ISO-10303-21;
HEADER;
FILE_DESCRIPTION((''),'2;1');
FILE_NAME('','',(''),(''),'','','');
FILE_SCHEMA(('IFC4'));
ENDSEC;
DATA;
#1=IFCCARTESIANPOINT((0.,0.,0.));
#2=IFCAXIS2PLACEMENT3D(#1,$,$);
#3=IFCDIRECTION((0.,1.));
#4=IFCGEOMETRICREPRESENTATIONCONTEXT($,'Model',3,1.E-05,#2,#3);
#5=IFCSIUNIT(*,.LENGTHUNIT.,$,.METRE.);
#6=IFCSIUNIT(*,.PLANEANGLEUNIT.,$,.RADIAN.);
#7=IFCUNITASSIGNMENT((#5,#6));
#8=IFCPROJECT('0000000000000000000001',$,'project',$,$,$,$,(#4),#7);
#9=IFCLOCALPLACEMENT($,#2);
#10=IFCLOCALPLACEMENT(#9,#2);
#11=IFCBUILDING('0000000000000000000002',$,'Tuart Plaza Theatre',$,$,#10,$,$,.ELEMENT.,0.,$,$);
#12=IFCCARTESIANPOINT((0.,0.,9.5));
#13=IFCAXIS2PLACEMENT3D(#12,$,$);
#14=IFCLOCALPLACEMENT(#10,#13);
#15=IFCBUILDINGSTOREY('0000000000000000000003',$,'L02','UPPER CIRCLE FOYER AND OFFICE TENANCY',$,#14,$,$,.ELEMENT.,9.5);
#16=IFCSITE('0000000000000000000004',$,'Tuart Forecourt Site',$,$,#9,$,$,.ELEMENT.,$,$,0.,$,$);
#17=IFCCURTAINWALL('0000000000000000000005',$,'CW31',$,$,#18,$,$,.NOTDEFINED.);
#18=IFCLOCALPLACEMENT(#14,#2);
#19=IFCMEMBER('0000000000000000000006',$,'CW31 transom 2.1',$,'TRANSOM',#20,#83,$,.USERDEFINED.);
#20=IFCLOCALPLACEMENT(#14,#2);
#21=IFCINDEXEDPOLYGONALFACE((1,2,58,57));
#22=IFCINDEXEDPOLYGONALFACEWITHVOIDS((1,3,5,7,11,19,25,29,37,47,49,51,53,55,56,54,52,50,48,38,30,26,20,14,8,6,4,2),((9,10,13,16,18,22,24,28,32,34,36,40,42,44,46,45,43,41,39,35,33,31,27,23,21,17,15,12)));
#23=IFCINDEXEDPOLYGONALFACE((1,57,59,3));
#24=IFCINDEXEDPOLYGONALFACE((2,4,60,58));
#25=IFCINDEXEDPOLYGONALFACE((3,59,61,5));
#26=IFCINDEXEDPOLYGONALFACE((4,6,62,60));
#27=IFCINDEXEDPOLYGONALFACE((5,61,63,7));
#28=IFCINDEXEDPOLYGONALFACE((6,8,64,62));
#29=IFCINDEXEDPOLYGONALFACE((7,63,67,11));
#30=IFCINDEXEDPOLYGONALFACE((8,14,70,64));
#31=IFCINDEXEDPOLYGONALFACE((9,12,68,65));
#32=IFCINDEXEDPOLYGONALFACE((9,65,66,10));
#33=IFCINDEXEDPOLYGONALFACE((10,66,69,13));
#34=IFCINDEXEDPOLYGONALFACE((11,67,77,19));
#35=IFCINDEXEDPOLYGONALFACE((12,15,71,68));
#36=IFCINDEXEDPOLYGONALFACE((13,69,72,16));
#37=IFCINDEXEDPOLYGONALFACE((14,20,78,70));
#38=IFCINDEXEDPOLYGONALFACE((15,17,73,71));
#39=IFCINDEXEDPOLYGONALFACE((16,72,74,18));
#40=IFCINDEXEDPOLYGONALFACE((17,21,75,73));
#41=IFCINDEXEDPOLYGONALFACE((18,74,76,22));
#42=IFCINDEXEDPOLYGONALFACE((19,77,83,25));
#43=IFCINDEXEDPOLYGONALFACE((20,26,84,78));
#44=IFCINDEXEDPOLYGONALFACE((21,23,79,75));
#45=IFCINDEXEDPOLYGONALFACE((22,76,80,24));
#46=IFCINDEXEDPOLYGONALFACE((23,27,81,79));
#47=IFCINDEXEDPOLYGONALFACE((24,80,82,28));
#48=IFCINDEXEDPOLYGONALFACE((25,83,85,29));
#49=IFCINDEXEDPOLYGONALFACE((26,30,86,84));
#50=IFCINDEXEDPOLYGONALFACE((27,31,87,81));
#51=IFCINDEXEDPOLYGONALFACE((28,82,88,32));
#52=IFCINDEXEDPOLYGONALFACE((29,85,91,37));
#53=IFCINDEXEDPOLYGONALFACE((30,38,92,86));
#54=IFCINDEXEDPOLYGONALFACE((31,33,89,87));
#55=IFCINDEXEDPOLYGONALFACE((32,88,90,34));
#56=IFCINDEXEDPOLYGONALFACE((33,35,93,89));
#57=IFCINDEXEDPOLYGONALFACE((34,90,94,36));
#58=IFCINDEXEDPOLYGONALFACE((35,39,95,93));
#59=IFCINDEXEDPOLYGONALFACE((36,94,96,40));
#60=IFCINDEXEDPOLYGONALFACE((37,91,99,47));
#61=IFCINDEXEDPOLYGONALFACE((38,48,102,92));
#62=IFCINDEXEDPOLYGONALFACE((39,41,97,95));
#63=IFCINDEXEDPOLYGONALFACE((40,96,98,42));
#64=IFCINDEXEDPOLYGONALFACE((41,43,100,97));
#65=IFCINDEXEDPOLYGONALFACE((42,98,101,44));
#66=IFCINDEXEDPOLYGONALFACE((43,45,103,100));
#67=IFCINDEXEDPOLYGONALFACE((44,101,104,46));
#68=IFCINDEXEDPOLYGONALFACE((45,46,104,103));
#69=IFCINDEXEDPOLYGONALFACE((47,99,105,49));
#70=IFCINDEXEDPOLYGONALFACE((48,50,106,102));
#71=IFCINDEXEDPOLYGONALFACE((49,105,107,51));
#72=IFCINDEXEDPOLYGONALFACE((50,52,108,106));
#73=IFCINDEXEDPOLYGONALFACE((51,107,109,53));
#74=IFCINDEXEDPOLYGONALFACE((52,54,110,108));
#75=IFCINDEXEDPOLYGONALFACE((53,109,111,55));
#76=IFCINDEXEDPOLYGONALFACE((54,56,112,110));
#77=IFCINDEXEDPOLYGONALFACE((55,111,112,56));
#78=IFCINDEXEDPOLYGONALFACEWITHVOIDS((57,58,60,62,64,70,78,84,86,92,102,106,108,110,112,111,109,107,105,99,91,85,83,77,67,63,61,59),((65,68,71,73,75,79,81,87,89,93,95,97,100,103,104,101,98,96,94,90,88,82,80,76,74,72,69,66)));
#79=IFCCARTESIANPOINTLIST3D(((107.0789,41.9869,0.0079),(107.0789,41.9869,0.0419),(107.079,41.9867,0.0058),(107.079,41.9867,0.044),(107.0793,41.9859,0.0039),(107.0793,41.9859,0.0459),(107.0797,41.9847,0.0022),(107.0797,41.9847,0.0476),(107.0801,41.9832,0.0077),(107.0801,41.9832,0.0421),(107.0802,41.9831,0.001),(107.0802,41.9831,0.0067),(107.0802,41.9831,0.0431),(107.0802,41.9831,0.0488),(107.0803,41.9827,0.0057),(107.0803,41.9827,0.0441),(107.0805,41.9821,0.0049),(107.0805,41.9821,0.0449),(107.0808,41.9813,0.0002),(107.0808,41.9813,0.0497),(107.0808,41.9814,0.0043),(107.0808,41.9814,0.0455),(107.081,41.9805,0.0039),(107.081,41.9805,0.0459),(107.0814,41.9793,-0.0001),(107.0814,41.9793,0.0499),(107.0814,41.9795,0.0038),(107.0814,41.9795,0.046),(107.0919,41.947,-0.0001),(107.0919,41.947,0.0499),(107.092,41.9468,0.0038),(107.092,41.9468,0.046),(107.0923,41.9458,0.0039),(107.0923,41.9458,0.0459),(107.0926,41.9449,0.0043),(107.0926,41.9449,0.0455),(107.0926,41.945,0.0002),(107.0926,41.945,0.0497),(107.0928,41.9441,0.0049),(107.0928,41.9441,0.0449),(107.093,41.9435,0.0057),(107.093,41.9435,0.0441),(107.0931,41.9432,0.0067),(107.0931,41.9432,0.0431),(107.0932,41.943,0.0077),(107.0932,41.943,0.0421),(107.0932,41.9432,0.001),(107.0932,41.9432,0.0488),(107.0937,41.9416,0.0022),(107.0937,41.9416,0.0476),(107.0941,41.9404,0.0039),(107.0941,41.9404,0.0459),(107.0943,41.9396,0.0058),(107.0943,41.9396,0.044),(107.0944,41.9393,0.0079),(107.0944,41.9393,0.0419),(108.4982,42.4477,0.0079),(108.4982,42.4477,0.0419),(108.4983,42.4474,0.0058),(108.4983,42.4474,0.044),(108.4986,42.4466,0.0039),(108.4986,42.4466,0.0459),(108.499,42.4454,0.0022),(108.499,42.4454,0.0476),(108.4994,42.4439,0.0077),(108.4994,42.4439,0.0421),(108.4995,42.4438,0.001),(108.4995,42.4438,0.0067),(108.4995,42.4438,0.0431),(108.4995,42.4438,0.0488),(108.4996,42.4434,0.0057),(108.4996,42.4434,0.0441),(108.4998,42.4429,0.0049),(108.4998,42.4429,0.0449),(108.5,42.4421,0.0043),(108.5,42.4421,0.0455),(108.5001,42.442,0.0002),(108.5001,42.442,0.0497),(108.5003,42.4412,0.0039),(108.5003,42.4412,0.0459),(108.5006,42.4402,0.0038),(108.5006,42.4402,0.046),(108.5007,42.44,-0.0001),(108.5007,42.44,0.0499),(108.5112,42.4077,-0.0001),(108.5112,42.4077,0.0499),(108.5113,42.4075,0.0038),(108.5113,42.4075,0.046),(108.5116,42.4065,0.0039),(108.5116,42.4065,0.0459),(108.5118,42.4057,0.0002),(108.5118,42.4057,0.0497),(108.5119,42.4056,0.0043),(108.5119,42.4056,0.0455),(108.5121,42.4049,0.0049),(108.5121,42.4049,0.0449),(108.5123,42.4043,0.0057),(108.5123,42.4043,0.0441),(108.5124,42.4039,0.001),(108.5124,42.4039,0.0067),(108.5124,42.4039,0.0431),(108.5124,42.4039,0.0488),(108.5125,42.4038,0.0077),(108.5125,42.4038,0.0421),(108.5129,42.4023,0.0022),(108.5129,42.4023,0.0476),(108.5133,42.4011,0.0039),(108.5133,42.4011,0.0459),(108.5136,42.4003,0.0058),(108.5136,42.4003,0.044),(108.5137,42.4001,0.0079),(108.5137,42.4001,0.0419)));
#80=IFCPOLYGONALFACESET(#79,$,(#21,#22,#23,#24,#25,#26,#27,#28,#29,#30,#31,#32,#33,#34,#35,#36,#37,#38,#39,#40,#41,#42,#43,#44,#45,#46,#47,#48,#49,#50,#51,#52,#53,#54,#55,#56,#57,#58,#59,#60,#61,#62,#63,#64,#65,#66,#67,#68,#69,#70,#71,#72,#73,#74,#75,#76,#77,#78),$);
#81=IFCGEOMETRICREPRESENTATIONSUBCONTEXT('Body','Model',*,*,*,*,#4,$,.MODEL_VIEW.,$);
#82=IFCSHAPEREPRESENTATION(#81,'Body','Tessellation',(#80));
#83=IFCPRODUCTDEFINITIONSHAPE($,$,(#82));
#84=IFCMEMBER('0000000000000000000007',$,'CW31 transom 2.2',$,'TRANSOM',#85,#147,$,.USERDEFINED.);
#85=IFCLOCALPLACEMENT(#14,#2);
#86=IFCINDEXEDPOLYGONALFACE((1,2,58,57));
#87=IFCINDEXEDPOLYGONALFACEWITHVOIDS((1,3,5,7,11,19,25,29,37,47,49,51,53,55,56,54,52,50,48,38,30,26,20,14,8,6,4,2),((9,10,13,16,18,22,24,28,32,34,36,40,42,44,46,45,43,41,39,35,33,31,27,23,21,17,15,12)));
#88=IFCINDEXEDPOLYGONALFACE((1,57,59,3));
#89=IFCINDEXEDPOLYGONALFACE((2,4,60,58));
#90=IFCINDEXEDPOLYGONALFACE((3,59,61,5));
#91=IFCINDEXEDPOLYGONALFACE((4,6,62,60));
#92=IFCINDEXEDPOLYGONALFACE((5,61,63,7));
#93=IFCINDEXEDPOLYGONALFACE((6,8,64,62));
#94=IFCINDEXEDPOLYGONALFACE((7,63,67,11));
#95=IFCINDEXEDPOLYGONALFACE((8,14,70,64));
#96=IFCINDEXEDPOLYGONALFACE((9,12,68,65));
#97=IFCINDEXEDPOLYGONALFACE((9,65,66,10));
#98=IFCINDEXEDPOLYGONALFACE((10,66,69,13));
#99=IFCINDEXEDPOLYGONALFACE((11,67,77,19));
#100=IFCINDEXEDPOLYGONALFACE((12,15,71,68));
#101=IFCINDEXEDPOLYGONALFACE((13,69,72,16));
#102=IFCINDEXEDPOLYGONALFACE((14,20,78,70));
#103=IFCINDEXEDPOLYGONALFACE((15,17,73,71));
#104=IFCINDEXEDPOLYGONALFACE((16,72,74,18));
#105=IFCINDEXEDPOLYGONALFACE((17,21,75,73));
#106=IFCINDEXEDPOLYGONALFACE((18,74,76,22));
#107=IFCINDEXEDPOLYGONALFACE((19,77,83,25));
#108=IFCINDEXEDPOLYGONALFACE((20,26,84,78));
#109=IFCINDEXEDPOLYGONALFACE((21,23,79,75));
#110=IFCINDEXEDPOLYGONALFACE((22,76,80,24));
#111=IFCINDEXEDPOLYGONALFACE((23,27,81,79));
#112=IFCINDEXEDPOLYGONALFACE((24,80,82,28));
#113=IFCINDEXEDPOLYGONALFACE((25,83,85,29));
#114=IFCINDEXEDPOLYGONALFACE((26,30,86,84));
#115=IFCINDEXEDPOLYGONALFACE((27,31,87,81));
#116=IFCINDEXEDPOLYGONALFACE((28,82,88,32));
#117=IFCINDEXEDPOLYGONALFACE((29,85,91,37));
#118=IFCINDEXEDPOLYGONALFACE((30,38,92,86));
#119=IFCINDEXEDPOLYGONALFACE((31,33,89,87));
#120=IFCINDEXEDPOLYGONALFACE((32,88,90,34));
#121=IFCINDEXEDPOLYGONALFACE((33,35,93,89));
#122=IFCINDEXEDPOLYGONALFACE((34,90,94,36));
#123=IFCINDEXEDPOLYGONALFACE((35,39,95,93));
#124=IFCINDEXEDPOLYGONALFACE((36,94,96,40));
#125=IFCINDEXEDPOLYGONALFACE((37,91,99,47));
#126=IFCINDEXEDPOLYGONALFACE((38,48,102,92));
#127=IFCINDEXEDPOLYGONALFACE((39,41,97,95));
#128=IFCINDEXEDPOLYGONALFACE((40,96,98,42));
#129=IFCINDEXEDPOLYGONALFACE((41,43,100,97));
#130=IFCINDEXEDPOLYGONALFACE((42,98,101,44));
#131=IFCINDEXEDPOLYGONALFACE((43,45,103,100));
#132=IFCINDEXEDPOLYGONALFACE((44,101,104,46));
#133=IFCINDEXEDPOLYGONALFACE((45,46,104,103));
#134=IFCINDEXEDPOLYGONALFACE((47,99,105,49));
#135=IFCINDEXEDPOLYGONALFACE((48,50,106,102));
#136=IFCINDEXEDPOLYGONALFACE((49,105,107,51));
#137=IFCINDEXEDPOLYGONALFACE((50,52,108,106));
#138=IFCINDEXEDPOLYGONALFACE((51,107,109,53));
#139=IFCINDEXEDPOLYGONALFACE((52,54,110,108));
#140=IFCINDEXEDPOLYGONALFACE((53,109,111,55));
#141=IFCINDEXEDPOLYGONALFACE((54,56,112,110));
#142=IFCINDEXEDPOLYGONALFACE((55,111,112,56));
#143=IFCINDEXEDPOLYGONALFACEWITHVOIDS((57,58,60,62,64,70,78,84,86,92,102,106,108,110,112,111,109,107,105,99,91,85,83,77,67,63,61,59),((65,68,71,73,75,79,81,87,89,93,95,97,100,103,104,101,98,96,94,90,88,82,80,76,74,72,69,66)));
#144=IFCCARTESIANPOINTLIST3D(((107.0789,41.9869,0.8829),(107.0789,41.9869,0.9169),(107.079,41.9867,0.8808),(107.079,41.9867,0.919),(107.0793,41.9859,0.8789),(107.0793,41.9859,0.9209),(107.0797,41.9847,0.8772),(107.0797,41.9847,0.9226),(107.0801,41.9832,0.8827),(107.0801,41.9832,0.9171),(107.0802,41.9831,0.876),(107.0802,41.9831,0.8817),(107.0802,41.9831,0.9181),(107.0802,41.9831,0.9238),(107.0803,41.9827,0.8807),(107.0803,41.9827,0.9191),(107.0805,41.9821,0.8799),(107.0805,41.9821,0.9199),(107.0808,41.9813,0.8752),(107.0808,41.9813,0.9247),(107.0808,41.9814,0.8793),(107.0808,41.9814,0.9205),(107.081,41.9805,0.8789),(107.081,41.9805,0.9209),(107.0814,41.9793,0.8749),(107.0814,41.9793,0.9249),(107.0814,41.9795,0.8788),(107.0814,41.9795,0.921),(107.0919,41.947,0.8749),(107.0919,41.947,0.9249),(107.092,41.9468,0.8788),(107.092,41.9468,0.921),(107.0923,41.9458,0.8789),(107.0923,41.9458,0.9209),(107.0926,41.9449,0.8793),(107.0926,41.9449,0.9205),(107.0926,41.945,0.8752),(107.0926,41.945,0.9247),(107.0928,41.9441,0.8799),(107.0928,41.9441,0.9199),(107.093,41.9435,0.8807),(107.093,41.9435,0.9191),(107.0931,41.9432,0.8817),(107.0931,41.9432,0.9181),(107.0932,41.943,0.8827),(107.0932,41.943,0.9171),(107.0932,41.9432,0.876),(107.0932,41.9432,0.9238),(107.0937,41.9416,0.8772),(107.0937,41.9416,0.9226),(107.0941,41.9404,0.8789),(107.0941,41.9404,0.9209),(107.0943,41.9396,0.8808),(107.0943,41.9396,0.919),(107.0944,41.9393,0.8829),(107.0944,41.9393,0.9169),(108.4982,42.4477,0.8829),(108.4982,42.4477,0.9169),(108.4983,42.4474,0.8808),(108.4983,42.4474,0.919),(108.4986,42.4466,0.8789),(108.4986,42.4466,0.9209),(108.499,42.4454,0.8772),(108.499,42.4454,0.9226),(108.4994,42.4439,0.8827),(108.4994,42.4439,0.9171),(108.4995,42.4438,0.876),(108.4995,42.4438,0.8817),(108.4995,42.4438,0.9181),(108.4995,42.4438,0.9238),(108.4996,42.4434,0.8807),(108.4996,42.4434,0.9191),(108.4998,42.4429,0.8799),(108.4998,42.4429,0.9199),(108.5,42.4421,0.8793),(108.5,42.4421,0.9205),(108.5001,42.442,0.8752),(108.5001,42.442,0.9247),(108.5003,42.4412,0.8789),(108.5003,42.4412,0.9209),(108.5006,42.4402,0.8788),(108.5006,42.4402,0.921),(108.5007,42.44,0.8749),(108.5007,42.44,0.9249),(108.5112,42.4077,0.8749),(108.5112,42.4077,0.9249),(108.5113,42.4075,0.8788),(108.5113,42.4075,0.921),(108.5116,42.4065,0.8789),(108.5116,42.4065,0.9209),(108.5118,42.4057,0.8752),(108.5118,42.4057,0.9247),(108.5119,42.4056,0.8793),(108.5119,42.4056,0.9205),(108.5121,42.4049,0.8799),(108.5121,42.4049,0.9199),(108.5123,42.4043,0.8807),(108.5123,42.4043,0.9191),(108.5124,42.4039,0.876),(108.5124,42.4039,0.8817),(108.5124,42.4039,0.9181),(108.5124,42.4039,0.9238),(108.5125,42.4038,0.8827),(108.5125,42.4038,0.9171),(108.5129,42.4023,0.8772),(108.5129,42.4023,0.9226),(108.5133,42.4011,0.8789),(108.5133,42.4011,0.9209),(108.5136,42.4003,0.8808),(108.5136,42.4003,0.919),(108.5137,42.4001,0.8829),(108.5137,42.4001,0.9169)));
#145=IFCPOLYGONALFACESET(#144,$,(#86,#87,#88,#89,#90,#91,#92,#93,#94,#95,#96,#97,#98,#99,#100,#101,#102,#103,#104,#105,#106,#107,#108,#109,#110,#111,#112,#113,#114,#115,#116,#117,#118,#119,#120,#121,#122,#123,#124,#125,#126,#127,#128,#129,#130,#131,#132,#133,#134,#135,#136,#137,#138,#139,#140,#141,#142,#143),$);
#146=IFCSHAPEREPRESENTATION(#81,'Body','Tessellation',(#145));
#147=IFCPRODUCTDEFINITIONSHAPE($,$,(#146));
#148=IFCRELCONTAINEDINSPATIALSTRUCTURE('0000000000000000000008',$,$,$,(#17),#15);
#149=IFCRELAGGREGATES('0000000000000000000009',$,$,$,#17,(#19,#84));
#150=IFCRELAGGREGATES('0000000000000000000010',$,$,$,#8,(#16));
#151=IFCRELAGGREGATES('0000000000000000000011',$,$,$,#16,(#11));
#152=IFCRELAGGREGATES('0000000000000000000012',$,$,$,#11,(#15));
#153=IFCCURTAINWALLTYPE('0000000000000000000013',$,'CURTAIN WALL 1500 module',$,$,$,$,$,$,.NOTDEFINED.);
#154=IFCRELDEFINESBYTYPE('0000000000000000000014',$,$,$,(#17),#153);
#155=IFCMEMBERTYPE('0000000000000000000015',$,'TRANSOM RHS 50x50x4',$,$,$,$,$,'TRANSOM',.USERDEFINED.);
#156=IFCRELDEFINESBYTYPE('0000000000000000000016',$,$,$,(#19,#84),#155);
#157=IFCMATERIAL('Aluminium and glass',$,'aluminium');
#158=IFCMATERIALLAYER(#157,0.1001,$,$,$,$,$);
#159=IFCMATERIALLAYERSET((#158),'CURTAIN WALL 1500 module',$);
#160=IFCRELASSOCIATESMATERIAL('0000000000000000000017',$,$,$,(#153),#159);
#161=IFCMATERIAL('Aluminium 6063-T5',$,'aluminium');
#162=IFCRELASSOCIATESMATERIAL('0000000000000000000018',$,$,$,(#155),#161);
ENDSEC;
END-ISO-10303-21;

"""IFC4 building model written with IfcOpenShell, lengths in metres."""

from ifc_helpers import new_model, si_unit, direction, frame, origin, origin_2d, place, context, subcontext, project, spatial, hollow_rectangle, extrude, material, layer, layer_set, material_profile, profile_set, type_object, element, aggregate, save


model = new_model("IFC4")

# Units and contexts
model_context = context("Model", 3, precision=1e-05, world=origin(), true_north=direction((0.0, 1.0)))
body_context = subcontext(model_context, "Body", "Model", "MODEL_VIEW")
ifc_project = project(units=[si_unit("LENGTHUNIT", "METRE"), si_unit("PLANEANGLEUNIT", "RADIAN")], contexts=[model_context])

# Site, building, storey
site_placement = place(None, origin())
site = spatial("IfcSite", under=ifc_project, at=site_placement, Name="Tuart Forecourt Site", CompositionType="ELEMENT", RefElevation=0.0)
building_placement = place(site_placement, origin())
building = spatial("IfcBuilding", under=site, at=building_placement, Name="Tuart Plaza Theatre", CompositionType="ELEMENT", ElevationOfRefHeight=0.0)
storey_placement = place(building_placement, frame((0.0, 0.0, 9.5)))
storey = spatial("IfcBuildingStorey", under=building, at=storey_placement, Name="L02", Description="UPPER CIRCLE FOYER AND OFFICE TENANCY", CompositionType="ELEMENT", Elevation=9.5)

# Curtain wall, members
ifc_material_1 = material(Name="Aluminium and glass", Category="aluminium")
ifc_layer_1 = layer(ifc_material_1, 0.1001)
ifc_layer_set_1 = layer_set([ifc_layer_1], Name="CURTAIN WALL 1500 module")
curtain_wall_type = type_object("IfcCurtainWallType", Name="CURTAIN WALL 1500 module", PredefinedType="NOTDEFINED", material=ifc_layer_set_1)
curtain_wall_1_placement = place(storey_placement, origin())
curtain_wall_1 = element("IfcCurtainWall", 1, at=curtain_wall_1_placement, inside=storey, type_object=curtain_wall_type, Name="CW31", PredefinedType="NOTDEFINED")
ifc_material_2 = material(Name="Aluminium 6063-T5", Category="aluminium")
ifc_material_profile_1 = material_profile(ifc_material_2, hollow_rectangle(XDim=0.05, YDim=0.05, WallThickness=0.0039, InnerFilletRadius=0.0039, OuterFilletRadius=0.0081, at=origin_2d()), Name="RHS 50x50x4")
ifc_profile_set_1 = profile_set([ifc_material_profile_1], Name="Aluminium 6063-T5")
member_type_1 = type_object("IfcMemberType", Name="TRANSOM RHS 50x50x4", ElementType="TRANSOM", PredefinedType="USERDEFINED", material=ifc_profile_set_1)
member_1_placement = place(storey_placement, frame((107.0867, 41.9631, 0.0249), z_axis=(0.951141, 0.308757, 0.0), x_axis=(-0.308757, 0.951141, 0.0)))
member_1 = element("IfcMember", 2, at=member_1_placement, type_object=member_type_1, Name="CW31 transom 2.1", ObjectType="TRANSOM", PredefinedType="USERDEFINED", context=body_context, shape_type="SweptSolid", body=[
    extrude(hollow_rectangle(XDim=0.05, YDim=0.05, WallThickness=0.0039, InnerFilletRadius=0.0039, OuterFilletRadius=0.0081, at=origin_2d()), origin(), (0.0, 0.0, 1.0), 1.4922),
])
member_2_placement = place(storey_placement, frame((107.0867, 41.9631, 0.8999), z_axis=(0.951141, 0.308757, 0.0), x_axis=(-0.308757, 0.951141, 0.0)))
member_2 = element("IfcMember", 3, at=member_2_placement, type_object=member_type_1, Name="CW31 transom 2.2", ObjectType="TRANSOM", PredefinedType="USERDEFINED", context=body_context, shape_type="SweptSolid", body=[
    extrude(hollow_rectangle(XDim=0.05, YDim=0.05, WallThickness=0.0039, InnerFilletRadius=0.0039, OuterFilletRadius=0.0081, at=origin_2d()), origin(), (0.0, 0.0, 1.0), 1.4922),
])

aggregate(curtain_wall_1, [member_1, member_2])

save(model, "model.ifc")
